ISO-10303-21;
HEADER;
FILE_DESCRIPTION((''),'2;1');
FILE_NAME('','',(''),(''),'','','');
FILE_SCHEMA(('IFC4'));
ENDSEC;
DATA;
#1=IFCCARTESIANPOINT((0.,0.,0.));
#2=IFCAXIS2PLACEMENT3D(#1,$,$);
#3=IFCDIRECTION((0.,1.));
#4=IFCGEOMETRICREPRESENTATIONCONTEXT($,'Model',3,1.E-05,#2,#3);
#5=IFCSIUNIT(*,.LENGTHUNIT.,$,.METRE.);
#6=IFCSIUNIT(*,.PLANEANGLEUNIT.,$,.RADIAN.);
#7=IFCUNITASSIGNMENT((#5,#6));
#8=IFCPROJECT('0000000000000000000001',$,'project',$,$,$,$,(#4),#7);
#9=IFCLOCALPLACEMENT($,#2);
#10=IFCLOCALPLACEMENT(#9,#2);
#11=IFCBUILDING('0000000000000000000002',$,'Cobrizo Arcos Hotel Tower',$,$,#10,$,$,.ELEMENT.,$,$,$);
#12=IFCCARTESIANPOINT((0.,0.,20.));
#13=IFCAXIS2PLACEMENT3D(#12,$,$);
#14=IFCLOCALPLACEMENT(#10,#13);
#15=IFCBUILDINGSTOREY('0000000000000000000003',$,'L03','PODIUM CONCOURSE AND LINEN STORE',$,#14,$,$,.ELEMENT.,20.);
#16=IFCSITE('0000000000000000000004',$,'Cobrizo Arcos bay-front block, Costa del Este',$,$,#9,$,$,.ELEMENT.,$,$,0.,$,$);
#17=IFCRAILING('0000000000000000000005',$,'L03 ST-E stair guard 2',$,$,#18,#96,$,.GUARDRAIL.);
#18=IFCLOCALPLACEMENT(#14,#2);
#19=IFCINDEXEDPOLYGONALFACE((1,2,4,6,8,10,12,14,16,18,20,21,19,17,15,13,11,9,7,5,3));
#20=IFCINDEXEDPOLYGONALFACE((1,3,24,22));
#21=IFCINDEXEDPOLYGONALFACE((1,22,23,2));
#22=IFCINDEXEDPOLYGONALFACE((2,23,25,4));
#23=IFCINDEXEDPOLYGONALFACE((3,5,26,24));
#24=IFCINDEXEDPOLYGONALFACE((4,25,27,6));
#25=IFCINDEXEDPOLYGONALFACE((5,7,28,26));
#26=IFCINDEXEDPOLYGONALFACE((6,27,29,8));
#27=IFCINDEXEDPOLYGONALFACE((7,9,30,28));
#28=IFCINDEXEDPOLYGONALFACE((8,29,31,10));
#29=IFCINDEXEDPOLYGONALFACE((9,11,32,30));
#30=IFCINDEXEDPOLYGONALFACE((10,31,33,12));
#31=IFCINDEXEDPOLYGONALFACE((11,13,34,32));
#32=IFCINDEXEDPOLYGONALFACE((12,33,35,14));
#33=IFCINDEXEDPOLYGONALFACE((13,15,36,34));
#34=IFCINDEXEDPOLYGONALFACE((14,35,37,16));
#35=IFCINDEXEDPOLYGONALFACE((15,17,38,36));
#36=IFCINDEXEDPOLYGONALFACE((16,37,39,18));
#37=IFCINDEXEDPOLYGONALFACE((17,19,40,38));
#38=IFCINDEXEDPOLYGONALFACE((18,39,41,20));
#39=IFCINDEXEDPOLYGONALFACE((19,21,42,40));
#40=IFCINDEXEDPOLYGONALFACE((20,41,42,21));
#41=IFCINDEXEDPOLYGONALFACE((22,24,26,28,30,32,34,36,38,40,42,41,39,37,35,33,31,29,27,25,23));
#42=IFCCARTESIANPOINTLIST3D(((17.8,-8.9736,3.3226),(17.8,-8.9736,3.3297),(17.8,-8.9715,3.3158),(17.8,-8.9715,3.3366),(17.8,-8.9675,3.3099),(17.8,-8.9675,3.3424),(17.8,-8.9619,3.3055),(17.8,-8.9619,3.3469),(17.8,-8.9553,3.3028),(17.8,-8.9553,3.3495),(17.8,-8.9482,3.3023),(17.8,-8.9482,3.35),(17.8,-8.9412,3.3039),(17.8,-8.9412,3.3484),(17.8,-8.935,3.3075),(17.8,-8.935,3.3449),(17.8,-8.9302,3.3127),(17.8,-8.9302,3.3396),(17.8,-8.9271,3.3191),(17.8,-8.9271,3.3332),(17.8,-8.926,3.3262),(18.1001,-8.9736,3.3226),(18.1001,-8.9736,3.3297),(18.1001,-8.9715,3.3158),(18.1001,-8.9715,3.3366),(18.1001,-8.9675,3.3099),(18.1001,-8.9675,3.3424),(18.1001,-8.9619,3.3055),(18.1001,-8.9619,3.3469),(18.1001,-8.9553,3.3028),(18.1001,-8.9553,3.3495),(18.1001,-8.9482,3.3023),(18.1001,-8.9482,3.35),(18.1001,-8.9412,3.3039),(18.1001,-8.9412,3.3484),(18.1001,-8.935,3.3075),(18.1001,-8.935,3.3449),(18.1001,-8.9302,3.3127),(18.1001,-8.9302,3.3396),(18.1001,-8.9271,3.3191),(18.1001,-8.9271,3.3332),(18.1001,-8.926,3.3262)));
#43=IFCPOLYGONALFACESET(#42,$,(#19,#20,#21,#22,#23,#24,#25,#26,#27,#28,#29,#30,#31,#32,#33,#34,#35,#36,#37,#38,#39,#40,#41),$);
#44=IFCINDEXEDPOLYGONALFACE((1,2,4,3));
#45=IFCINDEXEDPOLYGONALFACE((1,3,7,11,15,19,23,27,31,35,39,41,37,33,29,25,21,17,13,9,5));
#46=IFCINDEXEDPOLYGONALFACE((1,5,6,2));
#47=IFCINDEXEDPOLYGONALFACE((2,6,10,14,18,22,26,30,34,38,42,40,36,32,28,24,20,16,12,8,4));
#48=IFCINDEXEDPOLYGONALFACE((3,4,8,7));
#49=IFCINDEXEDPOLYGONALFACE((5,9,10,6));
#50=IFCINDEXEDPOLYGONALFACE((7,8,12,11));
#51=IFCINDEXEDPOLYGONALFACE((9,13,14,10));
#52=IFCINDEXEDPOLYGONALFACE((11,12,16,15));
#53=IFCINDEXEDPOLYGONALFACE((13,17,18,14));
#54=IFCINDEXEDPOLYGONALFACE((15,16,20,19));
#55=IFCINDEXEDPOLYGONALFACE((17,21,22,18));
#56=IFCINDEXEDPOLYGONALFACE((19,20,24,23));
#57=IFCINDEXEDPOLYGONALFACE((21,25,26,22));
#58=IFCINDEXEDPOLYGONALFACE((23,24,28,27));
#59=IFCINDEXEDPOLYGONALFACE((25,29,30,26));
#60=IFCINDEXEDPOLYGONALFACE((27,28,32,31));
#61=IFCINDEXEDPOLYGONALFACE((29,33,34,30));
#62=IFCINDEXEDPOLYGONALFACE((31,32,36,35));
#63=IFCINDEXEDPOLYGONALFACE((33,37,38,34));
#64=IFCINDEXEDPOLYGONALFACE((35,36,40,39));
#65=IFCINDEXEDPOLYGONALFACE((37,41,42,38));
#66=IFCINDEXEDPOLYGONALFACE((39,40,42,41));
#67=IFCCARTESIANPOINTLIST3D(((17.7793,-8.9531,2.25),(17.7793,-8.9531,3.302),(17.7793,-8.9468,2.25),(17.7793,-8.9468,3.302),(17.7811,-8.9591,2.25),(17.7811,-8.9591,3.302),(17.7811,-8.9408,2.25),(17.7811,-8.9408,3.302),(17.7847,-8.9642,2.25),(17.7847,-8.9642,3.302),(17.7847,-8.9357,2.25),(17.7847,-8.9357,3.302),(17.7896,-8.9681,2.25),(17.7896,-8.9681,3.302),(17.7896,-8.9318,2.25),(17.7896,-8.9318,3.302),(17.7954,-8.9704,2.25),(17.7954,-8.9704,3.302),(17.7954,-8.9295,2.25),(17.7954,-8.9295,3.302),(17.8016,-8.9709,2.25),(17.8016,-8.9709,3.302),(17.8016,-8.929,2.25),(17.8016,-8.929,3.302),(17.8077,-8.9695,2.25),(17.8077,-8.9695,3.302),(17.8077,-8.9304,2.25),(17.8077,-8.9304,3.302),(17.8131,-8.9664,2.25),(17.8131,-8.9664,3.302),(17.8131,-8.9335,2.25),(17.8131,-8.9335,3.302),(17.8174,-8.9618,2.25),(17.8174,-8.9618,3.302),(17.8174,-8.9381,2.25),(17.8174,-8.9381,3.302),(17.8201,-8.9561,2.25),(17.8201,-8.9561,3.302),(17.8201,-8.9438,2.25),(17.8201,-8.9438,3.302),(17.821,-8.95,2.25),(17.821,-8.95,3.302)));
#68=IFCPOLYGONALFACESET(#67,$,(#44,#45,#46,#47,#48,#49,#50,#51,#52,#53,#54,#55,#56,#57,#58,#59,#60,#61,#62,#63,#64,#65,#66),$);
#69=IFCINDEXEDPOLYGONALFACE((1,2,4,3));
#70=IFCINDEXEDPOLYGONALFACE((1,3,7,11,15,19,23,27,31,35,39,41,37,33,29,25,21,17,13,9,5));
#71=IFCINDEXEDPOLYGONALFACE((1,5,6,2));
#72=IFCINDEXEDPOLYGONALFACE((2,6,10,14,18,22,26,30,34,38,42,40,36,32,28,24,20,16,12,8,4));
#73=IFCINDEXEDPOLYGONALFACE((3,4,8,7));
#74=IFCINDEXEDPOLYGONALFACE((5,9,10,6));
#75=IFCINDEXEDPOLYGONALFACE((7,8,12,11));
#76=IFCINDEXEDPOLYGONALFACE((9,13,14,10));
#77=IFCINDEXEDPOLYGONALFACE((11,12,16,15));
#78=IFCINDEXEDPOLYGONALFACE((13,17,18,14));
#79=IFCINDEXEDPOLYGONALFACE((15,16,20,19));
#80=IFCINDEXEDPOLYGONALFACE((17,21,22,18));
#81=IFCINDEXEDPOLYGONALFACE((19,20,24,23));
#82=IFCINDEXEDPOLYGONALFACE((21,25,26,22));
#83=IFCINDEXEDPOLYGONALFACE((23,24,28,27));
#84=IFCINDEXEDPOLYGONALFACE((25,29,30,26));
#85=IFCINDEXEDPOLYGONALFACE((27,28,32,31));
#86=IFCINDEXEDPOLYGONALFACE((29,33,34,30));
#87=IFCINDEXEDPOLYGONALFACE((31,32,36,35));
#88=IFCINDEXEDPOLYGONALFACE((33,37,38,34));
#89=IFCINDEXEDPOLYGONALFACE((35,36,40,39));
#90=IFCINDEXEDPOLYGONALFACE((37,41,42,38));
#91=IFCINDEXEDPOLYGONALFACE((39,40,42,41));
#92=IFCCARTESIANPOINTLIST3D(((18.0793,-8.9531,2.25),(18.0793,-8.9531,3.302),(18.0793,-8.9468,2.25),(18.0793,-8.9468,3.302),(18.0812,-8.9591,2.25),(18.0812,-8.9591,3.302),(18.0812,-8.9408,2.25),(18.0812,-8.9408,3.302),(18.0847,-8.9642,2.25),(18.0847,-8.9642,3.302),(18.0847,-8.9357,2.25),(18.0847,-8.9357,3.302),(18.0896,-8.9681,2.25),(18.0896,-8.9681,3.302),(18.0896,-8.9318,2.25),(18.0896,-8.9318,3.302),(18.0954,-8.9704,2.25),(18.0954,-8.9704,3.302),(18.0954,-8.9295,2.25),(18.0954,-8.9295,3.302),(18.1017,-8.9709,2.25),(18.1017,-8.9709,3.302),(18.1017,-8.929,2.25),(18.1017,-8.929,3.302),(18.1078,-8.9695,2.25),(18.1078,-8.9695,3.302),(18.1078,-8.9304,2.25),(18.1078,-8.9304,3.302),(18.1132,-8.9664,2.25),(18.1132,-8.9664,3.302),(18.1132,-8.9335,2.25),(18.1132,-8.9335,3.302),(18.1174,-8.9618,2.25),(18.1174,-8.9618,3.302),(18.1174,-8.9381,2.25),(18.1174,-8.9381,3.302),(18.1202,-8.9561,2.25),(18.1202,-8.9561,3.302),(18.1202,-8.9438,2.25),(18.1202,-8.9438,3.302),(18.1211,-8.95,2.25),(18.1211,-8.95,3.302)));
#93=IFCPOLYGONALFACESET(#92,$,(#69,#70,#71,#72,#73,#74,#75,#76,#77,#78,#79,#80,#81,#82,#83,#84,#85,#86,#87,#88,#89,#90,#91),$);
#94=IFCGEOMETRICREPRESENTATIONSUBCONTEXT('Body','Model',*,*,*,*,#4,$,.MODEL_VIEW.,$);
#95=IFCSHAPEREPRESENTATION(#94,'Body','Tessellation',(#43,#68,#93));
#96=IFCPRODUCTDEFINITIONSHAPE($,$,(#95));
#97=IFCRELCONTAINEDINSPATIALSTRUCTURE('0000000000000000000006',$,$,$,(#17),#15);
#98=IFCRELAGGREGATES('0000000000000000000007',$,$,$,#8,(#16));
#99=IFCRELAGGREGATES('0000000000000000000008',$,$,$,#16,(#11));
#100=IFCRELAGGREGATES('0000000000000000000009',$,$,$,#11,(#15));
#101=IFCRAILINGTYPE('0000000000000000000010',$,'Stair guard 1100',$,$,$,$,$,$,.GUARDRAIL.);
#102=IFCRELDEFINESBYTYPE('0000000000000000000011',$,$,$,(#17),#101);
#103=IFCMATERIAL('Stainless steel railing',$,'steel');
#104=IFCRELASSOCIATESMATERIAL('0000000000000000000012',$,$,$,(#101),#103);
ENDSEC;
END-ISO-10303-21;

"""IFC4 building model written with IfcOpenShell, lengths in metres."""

from ifc_helpers import new_model, si_unit, direction, frame, origin, origin_2d, place, context, subcontext, project, spatial, circle, extrude, material, type_object, element, save


model = new_model("IFC4")

# Units and contexts
model_context = context("Model", 3, precision=1e-05, world=origin(), true_north=direction((0.0, 1.0)))
body_context = subcontext(model_context, "Body", "Model", "MODEL_VIEW")
ifc_project = project(units=[si_unit("LENGTHUNIT", "METRE"), si_unit("PLANEANGLEUNIT", "RADIAN")], contexts=[model_context])

# Site, building, storey
site_placement = place(None, origin())
site = spatial("IfcSite", under=ifc_project, at=site_placement, Name="Cobrizo Arcos bay-front block, Costa del Este", CompositionType="ELEMENT", RefElevation=0.0)
building_placement = place(site_placement, origin())
building = spatial("IfcBuilding", under=site, at=building_placement, Name="Cobrizo Arcos Hotel Tower", CompositionType="ELEMENT")
storey_placement = place(building_placement, frame((0.0, 0.0, 20.0)))
storey = spatial("IfcBuildingStorey", under=building, at=storey_placement, Name="L03", Description="PODIUM CONCOURSE AND LINEN STORE", CompositionType="ELEMENT", Elevation=20.0)

# Railing
ifc_material_1 = material(Name="Stainless steel railing", Category="steel")
railing_type_1 = type_object("IfcRailingType", Name="Stair guard 1100", PredefinedType="GUARDRAIL", material=ifc_material_1)
railing_1_placement = place(storey_placement, frame((17.8, -8.95, 2.25)))
element("IfcRailing", 1, at=railing_1_placement, inside=storey, type_object=railing_type_1, Name="L03 ST-E stair guard 2", PredefinedType="GUARDRAIL", context=body_context, shape_type="SweptSolid", body=[
    extrude(circle(Radius=0.0239, at=origin_2d()), frame((0.0, 0.0, 1.0762), z_axis=(1.0, 0.0, 0.0), x_axis=(0.0, 1.0, 0.0)), (0.0, 0.0, 1.0), 0.3),
    extrude(circle(Radius=0.021, at=origin_2d()), origin(), (0.0, 0.0, 1.0), 1.052),
    extrude(circle(Radius=0.021, at=origin_2d()), frame((0.3, 0.0, 0.0)), (0.0, 0.0, 1.0), 1.052),
])

save(model, "model.ifc")
